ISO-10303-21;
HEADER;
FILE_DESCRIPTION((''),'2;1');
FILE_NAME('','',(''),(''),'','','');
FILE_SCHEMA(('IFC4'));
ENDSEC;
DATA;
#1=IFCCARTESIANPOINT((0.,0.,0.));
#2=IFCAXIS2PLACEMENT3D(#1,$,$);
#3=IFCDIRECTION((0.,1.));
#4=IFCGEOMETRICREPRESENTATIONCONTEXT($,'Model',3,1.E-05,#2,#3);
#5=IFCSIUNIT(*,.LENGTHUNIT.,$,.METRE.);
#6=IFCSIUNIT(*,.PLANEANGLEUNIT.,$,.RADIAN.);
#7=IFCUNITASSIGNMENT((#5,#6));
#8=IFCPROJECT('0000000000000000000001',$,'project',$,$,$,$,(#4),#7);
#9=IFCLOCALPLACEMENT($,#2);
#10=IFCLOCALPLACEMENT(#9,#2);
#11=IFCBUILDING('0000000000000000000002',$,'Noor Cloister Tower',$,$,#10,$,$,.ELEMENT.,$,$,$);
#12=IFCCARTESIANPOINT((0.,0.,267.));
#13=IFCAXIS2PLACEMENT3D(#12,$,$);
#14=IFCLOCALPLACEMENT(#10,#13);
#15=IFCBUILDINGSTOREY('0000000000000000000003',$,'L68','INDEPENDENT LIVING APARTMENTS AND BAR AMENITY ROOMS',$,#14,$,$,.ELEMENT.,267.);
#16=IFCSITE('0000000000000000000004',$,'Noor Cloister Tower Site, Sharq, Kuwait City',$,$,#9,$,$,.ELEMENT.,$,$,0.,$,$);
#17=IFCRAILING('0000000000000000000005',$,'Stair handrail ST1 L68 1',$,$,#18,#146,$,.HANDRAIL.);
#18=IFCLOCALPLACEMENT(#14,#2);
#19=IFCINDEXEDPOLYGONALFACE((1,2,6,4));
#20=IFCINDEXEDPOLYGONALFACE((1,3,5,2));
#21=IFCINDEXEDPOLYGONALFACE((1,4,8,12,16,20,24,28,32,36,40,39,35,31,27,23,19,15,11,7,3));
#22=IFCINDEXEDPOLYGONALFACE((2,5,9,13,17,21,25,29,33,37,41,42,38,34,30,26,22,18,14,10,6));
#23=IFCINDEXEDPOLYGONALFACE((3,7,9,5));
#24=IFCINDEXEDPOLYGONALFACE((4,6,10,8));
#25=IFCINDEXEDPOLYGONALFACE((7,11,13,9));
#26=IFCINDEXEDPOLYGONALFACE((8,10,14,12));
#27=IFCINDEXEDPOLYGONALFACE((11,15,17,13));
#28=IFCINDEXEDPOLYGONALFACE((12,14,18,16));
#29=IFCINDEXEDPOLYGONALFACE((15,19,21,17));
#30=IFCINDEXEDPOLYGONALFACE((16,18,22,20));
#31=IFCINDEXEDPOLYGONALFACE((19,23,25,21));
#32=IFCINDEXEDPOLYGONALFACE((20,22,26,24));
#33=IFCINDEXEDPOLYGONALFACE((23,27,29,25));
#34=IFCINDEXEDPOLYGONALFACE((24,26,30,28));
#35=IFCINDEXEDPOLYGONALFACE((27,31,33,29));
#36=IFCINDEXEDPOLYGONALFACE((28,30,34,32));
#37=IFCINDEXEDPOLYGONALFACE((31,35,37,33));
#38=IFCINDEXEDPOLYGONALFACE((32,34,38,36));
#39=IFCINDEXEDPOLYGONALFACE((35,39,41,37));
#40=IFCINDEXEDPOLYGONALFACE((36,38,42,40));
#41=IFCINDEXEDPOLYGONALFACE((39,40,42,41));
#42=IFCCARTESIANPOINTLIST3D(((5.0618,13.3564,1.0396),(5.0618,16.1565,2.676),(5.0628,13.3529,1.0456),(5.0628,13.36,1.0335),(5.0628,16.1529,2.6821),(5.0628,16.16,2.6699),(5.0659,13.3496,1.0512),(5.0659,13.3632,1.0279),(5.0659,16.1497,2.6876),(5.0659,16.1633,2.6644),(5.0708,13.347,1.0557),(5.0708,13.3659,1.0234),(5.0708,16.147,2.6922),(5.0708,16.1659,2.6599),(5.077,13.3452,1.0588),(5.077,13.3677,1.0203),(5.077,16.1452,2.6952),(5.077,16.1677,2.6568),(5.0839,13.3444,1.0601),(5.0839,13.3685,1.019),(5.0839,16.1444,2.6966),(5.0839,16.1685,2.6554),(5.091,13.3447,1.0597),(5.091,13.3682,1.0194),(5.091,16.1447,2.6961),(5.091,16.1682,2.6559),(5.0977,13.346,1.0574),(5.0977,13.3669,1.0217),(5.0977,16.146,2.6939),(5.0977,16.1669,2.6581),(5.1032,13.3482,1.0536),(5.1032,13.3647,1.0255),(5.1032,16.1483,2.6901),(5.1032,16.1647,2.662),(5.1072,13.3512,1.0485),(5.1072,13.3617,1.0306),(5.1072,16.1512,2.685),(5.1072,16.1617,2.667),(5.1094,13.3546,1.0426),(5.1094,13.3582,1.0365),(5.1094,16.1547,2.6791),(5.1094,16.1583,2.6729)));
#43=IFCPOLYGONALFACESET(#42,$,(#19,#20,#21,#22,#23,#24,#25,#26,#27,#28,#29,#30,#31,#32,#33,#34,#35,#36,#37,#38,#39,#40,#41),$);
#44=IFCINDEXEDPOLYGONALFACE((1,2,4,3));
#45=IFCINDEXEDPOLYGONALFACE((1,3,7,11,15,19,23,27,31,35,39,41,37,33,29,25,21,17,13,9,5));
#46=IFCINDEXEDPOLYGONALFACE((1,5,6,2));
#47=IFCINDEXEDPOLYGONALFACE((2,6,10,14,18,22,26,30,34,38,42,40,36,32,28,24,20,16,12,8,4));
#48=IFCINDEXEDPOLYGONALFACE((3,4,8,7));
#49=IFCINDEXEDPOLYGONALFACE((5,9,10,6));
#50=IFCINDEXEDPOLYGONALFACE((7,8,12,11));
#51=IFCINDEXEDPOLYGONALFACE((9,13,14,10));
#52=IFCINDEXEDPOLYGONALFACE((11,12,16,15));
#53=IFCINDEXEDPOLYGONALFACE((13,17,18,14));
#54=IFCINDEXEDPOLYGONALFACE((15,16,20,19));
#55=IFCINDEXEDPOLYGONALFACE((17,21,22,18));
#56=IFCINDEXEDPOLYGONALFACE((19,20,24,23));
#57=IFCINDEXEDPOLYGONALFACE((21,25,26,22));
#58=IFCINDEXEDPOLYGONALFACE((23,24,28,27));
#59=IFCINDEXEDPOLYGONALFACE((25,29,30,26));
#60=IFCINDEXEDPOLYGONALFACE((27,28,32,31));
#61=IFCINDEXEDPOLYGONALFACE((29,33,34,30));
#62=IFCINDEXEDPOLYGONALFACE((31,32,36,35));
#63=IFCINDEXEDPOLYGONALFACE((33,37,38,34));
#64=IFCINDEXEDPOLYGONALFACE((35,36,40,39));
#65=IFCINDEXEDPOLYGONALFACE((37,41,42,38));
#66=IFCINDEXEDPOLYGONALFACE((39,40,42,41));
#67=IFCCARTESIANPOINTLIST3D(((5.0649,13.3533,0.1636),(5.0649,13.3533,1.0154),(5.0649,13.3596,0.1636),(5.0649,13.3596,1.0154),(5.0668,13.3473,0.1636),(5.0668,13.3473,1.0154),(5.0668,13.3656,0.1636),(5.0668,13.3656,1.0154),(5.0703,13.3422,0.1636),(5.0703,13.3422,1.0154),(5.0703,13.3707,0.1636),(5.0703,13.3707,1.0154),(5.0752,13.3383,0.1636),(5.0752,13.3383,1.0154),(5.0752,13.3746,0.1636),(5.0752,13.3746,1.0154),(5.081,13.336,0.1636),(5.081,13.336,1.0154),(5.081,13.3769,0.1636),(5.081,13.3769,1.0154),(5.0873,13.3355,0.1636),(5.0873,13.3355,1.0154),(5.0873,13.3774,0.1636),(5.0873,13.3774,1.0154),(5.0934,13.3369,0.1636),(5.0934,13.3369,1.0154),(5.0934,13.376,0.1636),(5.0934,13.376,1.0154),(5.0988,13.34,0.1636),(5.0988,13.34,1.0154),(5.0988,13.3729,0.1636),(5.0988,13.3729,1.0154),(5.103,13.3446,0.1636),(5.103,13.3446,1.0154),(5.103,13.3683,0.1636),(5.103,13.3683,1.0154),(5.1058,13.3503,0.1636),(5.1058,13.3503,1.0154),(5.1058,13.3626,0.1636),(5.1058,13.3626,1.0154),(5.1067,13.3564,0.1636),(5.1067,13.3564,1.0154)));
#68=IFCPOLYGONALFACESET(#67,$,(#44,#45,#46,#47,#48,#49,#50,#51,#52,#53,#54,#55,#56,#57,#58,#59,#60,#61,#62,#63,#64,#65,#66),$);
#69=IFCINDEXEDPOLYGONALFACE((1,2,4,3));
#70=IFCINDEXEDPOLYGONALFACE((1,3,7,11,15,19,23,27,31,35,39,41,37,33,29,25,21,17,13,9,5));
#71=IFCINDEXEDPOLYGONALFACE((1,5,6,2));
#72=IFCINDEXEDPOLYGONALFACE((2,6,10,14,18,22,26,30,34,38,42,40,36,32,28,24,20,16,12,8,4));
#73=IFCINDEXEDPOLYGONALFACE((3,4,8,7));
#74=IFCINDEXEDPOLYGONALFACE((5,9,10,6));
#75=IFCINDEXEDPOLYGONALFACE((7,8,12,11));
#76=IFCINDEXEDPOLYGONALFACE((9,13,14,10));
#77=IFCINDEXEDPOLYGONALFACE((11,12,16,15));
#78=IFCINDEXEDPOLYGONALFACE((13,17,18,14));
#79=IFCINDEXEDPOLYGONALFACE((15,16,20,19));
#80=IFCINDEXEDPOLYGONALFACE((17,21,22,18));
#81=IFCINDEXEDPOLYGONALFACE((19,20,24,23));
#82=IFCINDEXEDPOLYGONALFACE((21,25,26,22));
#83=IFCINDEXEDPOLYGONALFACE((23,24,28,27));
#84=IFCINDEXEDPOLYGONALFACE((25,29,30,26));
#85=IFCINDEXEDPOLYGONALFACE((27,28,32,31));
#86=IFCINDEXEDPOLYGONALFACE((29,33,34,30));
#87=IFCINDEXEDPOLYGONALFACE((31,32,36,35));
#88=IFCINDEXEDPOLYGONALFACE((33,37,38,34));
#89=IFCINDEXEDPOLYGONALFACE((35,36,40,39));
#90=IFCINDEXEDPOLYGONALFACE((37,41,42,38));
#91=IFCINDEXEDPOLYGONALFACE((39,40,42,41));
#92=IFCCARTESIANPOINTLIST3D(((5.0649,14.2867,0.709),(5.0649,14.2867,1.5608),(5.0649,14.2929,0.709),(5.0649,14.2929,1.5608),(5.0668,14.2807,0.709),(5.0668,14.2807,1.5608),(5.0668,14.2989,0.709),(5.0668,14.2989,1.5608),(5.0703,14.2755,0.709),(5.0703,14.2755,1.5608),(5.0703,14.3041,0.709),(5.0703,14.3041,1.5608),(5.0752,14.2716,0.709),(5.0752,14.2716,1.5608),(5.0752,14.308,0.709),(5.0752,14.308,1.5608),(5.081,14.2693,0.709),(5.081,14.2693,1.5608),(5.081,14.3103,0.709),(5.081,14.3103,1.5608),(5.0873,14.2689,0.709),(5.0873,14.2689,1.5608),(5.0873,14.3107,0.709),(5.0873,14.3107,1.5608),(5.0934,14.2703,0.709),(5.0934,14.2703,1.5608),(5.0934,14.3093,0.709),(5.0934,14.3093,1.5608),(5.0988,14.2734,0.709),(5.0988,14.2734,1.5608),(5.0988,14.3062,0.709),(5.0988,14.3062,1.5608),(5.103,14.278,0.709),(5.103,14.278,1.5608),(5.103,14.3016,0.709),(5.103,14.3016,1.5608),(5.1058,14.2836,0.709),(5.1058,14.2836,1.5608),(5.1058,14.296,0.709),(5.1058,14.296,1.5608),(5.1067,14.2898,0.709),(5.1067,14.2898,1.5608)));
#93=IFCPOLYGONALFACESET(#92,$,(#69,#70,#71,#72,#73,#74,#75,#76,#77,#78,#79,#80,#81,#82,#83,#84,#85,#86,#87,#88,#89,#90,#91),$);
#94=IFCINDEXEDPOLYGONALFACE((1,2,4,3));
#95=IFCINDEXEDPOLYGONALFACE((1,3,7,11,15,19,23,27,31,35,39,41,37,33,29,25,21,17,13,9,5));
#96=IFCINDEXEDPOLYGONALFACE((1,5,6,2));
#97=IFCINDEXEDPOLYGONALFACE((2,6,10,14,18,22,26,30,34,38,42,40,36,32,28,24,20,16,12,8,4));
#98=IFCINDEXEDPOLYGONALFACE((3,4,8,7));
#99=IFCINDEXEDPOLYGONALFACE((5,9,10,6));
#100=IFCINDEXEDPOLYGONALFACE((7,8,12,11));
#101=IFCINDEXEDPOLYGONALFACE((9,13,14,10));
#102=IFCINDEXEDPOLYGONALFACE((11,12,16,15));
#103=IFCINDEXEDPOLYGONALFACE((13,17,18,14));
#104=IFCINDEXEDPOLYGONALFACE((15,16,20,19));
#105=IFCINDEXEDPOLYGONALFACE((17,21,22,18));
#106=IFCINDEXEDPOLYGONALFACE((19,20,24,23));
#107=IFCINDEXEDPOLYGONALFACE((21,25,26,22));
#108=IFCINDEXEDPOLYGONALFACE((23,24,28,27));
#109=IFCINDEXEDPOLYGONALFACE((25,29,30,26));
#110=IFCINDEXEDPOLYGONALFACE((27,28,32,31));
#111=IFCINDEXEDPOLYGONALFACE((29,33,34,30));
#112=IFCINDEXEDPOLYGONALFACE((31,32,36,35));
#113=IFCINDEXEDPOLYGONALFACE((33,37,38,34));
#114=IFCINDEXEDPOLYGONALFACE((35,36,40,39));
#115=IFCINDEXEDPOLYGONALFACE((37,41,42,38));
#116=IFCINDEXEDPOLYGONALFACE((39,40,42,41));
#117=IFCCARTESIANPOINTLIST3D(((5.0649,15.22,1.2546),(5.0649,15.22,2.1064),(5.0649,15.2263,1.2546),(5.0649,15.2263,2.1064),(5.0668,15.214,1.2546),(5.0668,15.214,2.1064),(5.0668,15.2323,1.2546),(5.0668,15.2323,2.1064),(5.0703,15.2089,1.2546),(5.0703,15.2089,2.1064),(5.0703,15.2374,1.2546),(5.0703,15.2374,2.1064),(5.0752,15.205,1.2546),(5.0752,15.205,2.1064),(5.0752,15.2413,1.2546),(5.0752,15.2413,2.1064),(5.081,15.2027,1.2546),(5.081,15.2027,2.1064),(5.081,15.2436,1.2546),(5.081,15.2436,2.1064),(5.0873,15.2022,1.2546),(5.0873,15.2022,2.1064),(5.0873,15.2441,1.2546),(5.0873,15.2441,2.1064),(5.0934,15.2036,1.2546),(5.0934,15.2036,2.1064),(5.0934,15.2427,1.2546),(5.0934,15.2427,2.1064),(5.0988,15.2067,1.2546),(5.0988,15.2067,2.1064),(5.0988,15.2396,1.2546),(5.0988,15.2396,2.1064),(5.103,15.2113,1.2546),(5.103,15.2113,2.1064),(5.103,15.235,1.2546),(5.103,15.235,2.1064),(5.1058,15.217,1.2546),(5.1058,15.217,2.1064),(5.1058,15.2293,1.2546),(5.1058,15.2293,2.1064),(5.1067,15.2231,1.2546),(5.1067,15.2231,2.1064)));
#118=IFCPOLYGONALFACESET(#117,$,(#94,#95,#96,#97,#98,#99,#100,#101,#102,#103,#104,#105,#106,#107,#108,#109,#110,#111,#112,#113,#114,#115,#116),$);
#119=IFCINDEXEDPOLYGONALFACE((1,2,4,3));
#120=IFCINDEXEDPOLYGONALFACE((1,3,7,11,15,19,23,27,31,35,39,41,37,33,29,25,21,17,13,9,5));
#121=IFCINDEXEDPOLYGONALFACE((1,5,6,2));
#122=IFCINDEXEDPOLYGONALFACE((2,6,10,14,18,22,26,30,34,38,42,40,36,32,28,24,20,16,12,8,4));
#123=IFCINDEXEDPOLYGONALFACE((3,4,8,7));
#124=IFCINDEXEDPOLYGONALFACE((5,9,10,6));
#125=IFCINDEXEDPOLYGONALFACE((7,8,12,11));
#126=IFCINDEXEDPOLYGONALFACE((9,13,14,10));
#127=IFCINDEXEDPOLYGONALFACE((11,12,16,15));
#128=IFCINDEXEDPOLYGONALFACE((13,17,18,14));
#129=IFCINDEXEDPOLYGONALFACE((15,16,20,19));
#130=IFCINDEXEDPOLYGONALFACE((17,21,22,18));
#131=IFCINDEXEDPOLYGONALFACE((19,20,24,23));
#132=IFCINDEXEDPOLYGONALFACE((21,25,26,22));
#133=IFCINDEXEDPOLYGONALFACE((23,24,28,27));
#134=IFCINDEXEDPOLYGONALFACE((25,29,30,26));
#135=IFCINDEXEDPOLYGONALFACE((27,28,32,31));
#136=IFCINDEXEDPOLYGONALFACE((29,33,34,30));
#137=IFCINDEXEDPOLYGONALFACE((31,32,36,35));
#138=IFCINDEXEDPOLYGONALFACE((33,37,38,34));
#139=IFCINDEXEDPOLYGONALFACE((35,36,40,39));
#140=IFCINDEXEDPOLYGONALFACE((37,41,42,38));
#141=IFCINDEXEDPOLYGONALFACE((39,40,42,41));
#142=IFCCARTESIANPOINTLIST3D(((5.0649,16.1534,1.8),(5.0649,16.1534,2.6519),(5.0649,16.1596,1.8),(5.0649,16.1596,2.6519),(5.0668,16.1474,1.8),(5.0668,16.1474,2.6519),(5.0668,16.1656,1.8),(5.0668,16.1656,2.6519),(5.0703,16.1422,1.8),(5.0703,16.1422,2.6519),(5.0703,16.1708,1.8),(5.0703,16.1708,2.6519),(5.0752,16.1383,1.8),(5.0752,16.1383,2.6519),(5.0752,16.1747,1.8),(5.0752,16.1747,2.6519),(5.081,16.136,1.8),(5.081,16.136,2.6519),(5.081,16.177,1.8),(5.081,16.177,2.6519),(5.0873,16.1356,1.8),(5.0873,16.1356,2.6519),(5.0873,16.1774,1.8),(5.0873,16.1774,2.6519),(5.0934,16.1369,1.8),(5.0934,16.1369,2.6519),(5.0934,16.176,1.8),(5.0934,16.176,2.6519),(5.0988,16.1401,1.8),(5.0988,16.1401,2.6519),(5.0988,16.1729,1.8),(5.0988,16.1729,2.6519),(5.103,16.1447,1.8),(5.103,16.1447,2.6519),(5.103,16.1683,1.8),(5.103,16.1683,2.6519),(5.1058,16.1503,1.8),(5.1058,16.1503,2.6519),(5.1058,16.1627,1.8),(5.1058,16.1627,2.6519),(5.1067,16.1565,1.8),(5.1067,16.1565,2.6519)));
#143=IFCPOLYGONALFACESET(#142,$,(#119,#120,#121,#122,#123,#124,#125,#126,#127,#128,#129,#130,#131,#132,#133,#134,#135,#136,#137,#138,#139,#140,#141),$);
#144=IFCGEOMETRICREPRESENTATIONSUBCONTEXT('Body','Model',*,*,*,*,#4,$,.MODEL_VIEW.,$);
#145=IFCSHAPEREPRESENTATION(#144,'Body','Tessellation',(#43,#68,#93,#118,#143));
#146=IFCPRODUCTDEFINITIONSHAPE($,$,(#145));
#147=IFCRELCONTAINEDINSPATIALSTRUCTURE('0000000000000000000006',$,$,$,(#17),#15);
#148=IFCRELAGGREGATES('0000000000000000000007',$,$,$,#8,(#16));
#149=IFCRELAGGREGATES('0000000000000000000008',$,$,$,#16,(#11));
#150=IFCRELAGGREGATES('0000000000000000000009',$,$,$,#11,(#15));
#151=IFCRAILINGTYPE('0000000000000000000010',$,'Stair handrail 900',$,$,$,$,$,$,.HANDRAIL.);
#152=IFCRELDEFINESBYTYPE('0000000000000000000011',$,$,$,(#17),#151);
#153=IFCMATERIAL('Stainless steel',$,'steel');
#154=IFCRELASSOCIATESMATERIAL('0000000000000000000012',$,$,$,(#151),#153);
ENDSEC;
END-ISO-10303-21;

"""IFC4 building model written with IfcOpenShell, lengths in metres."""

from ifc_helpers import new_model, si_unit, direction, frame, origin, origin_2d, place, context, subcontext, project, spatial, circle, extrude, material, type_object, element, save


model = new_model("IFC4")

# Units and contexts
model_context = context("Model", 3, precision=1e-05, world=origin(), true_north=direction((0.0, 1.0)))
body_context = subcontext(model_context, "Body", "Model", "MODEL_VIEW")
ifc_project = project(units=[si_unit("LENGTHUNIT", "METRE"), si_unit("PLANEANGLEUNIT", "RADIAN")], contexts=[model_context])

# Site, building, storey
site_placement = place(None, origin())
site = spatial("IfcSite", under=ifc_project, at=site_placement, Name="Noor Cloister Tower Site, Sharq, Kuwait City", CompositionType="ELEMENT", RefElevation=0.0)
building_placement = place(site_placement, origin())
building = spatial("IfcBuilding", under=site, at=building_placement, Name="Noor Cloister Tower", CompositionType="ELEMENT")
storey_placement = place(building_placement, frame((0.0, 0.0, 267.0)))
storey = spatial("IfcBuildingStorey", under=building, at=storey_placement, Name="L68", Description="INDEPENDENT LIVING APARTMENTS AND BAR AMENITY ROOMS", CompositionType="ELEMENT", Elevation=267.0)

# Railing
ifc_material_1 = material(Name="Stainless steel", Category="steel")
railing_type_1 = type_object("IfcRailingType", Name="Stair handrail 900", PredefinedType="HANDRAIL", material=ifc_material_1)
railing_1_placement = place(storey_placement, frame((5.0857, 13.3564, 0.1636)))
element("IfcRailing", 1, at=railing_1_placement, inside=storey, type_object=railing_type_1, Name="Stair handrail ST1 L68 1", PredefinedType="HANDRAIL", context=body_context, shape_type="SweptSolid", body=[
    extrude(circle(Radius=0.0239, at=origin_2d()), frame((0.0, 0.0, 0.876), z_axis=(0.0, 0.863361, 0.504587), x_axis=(-1.0, 0.0, 0.0)), (0.0, 0.0, 1.0), 3.2432),
    extrude(circle(Radius=0.021, at=origin_2d()), origin(), (0.0, 0.0, 1.0), 0.8518),
    extrude(circle(Radius=0.021, at=origin_2d()), frame((0.0, 0.9333, 0.5454)), (0.0, 0.0, 1.0), 0.8518),
    extrude(circle(Radius=0.021, at=origin_2d()), frame((0.0, 1.8667, 1.0911)), (0.0, 0.0, 1.0), 0.8518),
    extrude(circle(Radius=0.021, at=origin_2d()), frame((0.0, 2.8, 1.6365)), (0.0, 0.0, 1.0), 0.8518),
])

save(model, "model.ifc")
